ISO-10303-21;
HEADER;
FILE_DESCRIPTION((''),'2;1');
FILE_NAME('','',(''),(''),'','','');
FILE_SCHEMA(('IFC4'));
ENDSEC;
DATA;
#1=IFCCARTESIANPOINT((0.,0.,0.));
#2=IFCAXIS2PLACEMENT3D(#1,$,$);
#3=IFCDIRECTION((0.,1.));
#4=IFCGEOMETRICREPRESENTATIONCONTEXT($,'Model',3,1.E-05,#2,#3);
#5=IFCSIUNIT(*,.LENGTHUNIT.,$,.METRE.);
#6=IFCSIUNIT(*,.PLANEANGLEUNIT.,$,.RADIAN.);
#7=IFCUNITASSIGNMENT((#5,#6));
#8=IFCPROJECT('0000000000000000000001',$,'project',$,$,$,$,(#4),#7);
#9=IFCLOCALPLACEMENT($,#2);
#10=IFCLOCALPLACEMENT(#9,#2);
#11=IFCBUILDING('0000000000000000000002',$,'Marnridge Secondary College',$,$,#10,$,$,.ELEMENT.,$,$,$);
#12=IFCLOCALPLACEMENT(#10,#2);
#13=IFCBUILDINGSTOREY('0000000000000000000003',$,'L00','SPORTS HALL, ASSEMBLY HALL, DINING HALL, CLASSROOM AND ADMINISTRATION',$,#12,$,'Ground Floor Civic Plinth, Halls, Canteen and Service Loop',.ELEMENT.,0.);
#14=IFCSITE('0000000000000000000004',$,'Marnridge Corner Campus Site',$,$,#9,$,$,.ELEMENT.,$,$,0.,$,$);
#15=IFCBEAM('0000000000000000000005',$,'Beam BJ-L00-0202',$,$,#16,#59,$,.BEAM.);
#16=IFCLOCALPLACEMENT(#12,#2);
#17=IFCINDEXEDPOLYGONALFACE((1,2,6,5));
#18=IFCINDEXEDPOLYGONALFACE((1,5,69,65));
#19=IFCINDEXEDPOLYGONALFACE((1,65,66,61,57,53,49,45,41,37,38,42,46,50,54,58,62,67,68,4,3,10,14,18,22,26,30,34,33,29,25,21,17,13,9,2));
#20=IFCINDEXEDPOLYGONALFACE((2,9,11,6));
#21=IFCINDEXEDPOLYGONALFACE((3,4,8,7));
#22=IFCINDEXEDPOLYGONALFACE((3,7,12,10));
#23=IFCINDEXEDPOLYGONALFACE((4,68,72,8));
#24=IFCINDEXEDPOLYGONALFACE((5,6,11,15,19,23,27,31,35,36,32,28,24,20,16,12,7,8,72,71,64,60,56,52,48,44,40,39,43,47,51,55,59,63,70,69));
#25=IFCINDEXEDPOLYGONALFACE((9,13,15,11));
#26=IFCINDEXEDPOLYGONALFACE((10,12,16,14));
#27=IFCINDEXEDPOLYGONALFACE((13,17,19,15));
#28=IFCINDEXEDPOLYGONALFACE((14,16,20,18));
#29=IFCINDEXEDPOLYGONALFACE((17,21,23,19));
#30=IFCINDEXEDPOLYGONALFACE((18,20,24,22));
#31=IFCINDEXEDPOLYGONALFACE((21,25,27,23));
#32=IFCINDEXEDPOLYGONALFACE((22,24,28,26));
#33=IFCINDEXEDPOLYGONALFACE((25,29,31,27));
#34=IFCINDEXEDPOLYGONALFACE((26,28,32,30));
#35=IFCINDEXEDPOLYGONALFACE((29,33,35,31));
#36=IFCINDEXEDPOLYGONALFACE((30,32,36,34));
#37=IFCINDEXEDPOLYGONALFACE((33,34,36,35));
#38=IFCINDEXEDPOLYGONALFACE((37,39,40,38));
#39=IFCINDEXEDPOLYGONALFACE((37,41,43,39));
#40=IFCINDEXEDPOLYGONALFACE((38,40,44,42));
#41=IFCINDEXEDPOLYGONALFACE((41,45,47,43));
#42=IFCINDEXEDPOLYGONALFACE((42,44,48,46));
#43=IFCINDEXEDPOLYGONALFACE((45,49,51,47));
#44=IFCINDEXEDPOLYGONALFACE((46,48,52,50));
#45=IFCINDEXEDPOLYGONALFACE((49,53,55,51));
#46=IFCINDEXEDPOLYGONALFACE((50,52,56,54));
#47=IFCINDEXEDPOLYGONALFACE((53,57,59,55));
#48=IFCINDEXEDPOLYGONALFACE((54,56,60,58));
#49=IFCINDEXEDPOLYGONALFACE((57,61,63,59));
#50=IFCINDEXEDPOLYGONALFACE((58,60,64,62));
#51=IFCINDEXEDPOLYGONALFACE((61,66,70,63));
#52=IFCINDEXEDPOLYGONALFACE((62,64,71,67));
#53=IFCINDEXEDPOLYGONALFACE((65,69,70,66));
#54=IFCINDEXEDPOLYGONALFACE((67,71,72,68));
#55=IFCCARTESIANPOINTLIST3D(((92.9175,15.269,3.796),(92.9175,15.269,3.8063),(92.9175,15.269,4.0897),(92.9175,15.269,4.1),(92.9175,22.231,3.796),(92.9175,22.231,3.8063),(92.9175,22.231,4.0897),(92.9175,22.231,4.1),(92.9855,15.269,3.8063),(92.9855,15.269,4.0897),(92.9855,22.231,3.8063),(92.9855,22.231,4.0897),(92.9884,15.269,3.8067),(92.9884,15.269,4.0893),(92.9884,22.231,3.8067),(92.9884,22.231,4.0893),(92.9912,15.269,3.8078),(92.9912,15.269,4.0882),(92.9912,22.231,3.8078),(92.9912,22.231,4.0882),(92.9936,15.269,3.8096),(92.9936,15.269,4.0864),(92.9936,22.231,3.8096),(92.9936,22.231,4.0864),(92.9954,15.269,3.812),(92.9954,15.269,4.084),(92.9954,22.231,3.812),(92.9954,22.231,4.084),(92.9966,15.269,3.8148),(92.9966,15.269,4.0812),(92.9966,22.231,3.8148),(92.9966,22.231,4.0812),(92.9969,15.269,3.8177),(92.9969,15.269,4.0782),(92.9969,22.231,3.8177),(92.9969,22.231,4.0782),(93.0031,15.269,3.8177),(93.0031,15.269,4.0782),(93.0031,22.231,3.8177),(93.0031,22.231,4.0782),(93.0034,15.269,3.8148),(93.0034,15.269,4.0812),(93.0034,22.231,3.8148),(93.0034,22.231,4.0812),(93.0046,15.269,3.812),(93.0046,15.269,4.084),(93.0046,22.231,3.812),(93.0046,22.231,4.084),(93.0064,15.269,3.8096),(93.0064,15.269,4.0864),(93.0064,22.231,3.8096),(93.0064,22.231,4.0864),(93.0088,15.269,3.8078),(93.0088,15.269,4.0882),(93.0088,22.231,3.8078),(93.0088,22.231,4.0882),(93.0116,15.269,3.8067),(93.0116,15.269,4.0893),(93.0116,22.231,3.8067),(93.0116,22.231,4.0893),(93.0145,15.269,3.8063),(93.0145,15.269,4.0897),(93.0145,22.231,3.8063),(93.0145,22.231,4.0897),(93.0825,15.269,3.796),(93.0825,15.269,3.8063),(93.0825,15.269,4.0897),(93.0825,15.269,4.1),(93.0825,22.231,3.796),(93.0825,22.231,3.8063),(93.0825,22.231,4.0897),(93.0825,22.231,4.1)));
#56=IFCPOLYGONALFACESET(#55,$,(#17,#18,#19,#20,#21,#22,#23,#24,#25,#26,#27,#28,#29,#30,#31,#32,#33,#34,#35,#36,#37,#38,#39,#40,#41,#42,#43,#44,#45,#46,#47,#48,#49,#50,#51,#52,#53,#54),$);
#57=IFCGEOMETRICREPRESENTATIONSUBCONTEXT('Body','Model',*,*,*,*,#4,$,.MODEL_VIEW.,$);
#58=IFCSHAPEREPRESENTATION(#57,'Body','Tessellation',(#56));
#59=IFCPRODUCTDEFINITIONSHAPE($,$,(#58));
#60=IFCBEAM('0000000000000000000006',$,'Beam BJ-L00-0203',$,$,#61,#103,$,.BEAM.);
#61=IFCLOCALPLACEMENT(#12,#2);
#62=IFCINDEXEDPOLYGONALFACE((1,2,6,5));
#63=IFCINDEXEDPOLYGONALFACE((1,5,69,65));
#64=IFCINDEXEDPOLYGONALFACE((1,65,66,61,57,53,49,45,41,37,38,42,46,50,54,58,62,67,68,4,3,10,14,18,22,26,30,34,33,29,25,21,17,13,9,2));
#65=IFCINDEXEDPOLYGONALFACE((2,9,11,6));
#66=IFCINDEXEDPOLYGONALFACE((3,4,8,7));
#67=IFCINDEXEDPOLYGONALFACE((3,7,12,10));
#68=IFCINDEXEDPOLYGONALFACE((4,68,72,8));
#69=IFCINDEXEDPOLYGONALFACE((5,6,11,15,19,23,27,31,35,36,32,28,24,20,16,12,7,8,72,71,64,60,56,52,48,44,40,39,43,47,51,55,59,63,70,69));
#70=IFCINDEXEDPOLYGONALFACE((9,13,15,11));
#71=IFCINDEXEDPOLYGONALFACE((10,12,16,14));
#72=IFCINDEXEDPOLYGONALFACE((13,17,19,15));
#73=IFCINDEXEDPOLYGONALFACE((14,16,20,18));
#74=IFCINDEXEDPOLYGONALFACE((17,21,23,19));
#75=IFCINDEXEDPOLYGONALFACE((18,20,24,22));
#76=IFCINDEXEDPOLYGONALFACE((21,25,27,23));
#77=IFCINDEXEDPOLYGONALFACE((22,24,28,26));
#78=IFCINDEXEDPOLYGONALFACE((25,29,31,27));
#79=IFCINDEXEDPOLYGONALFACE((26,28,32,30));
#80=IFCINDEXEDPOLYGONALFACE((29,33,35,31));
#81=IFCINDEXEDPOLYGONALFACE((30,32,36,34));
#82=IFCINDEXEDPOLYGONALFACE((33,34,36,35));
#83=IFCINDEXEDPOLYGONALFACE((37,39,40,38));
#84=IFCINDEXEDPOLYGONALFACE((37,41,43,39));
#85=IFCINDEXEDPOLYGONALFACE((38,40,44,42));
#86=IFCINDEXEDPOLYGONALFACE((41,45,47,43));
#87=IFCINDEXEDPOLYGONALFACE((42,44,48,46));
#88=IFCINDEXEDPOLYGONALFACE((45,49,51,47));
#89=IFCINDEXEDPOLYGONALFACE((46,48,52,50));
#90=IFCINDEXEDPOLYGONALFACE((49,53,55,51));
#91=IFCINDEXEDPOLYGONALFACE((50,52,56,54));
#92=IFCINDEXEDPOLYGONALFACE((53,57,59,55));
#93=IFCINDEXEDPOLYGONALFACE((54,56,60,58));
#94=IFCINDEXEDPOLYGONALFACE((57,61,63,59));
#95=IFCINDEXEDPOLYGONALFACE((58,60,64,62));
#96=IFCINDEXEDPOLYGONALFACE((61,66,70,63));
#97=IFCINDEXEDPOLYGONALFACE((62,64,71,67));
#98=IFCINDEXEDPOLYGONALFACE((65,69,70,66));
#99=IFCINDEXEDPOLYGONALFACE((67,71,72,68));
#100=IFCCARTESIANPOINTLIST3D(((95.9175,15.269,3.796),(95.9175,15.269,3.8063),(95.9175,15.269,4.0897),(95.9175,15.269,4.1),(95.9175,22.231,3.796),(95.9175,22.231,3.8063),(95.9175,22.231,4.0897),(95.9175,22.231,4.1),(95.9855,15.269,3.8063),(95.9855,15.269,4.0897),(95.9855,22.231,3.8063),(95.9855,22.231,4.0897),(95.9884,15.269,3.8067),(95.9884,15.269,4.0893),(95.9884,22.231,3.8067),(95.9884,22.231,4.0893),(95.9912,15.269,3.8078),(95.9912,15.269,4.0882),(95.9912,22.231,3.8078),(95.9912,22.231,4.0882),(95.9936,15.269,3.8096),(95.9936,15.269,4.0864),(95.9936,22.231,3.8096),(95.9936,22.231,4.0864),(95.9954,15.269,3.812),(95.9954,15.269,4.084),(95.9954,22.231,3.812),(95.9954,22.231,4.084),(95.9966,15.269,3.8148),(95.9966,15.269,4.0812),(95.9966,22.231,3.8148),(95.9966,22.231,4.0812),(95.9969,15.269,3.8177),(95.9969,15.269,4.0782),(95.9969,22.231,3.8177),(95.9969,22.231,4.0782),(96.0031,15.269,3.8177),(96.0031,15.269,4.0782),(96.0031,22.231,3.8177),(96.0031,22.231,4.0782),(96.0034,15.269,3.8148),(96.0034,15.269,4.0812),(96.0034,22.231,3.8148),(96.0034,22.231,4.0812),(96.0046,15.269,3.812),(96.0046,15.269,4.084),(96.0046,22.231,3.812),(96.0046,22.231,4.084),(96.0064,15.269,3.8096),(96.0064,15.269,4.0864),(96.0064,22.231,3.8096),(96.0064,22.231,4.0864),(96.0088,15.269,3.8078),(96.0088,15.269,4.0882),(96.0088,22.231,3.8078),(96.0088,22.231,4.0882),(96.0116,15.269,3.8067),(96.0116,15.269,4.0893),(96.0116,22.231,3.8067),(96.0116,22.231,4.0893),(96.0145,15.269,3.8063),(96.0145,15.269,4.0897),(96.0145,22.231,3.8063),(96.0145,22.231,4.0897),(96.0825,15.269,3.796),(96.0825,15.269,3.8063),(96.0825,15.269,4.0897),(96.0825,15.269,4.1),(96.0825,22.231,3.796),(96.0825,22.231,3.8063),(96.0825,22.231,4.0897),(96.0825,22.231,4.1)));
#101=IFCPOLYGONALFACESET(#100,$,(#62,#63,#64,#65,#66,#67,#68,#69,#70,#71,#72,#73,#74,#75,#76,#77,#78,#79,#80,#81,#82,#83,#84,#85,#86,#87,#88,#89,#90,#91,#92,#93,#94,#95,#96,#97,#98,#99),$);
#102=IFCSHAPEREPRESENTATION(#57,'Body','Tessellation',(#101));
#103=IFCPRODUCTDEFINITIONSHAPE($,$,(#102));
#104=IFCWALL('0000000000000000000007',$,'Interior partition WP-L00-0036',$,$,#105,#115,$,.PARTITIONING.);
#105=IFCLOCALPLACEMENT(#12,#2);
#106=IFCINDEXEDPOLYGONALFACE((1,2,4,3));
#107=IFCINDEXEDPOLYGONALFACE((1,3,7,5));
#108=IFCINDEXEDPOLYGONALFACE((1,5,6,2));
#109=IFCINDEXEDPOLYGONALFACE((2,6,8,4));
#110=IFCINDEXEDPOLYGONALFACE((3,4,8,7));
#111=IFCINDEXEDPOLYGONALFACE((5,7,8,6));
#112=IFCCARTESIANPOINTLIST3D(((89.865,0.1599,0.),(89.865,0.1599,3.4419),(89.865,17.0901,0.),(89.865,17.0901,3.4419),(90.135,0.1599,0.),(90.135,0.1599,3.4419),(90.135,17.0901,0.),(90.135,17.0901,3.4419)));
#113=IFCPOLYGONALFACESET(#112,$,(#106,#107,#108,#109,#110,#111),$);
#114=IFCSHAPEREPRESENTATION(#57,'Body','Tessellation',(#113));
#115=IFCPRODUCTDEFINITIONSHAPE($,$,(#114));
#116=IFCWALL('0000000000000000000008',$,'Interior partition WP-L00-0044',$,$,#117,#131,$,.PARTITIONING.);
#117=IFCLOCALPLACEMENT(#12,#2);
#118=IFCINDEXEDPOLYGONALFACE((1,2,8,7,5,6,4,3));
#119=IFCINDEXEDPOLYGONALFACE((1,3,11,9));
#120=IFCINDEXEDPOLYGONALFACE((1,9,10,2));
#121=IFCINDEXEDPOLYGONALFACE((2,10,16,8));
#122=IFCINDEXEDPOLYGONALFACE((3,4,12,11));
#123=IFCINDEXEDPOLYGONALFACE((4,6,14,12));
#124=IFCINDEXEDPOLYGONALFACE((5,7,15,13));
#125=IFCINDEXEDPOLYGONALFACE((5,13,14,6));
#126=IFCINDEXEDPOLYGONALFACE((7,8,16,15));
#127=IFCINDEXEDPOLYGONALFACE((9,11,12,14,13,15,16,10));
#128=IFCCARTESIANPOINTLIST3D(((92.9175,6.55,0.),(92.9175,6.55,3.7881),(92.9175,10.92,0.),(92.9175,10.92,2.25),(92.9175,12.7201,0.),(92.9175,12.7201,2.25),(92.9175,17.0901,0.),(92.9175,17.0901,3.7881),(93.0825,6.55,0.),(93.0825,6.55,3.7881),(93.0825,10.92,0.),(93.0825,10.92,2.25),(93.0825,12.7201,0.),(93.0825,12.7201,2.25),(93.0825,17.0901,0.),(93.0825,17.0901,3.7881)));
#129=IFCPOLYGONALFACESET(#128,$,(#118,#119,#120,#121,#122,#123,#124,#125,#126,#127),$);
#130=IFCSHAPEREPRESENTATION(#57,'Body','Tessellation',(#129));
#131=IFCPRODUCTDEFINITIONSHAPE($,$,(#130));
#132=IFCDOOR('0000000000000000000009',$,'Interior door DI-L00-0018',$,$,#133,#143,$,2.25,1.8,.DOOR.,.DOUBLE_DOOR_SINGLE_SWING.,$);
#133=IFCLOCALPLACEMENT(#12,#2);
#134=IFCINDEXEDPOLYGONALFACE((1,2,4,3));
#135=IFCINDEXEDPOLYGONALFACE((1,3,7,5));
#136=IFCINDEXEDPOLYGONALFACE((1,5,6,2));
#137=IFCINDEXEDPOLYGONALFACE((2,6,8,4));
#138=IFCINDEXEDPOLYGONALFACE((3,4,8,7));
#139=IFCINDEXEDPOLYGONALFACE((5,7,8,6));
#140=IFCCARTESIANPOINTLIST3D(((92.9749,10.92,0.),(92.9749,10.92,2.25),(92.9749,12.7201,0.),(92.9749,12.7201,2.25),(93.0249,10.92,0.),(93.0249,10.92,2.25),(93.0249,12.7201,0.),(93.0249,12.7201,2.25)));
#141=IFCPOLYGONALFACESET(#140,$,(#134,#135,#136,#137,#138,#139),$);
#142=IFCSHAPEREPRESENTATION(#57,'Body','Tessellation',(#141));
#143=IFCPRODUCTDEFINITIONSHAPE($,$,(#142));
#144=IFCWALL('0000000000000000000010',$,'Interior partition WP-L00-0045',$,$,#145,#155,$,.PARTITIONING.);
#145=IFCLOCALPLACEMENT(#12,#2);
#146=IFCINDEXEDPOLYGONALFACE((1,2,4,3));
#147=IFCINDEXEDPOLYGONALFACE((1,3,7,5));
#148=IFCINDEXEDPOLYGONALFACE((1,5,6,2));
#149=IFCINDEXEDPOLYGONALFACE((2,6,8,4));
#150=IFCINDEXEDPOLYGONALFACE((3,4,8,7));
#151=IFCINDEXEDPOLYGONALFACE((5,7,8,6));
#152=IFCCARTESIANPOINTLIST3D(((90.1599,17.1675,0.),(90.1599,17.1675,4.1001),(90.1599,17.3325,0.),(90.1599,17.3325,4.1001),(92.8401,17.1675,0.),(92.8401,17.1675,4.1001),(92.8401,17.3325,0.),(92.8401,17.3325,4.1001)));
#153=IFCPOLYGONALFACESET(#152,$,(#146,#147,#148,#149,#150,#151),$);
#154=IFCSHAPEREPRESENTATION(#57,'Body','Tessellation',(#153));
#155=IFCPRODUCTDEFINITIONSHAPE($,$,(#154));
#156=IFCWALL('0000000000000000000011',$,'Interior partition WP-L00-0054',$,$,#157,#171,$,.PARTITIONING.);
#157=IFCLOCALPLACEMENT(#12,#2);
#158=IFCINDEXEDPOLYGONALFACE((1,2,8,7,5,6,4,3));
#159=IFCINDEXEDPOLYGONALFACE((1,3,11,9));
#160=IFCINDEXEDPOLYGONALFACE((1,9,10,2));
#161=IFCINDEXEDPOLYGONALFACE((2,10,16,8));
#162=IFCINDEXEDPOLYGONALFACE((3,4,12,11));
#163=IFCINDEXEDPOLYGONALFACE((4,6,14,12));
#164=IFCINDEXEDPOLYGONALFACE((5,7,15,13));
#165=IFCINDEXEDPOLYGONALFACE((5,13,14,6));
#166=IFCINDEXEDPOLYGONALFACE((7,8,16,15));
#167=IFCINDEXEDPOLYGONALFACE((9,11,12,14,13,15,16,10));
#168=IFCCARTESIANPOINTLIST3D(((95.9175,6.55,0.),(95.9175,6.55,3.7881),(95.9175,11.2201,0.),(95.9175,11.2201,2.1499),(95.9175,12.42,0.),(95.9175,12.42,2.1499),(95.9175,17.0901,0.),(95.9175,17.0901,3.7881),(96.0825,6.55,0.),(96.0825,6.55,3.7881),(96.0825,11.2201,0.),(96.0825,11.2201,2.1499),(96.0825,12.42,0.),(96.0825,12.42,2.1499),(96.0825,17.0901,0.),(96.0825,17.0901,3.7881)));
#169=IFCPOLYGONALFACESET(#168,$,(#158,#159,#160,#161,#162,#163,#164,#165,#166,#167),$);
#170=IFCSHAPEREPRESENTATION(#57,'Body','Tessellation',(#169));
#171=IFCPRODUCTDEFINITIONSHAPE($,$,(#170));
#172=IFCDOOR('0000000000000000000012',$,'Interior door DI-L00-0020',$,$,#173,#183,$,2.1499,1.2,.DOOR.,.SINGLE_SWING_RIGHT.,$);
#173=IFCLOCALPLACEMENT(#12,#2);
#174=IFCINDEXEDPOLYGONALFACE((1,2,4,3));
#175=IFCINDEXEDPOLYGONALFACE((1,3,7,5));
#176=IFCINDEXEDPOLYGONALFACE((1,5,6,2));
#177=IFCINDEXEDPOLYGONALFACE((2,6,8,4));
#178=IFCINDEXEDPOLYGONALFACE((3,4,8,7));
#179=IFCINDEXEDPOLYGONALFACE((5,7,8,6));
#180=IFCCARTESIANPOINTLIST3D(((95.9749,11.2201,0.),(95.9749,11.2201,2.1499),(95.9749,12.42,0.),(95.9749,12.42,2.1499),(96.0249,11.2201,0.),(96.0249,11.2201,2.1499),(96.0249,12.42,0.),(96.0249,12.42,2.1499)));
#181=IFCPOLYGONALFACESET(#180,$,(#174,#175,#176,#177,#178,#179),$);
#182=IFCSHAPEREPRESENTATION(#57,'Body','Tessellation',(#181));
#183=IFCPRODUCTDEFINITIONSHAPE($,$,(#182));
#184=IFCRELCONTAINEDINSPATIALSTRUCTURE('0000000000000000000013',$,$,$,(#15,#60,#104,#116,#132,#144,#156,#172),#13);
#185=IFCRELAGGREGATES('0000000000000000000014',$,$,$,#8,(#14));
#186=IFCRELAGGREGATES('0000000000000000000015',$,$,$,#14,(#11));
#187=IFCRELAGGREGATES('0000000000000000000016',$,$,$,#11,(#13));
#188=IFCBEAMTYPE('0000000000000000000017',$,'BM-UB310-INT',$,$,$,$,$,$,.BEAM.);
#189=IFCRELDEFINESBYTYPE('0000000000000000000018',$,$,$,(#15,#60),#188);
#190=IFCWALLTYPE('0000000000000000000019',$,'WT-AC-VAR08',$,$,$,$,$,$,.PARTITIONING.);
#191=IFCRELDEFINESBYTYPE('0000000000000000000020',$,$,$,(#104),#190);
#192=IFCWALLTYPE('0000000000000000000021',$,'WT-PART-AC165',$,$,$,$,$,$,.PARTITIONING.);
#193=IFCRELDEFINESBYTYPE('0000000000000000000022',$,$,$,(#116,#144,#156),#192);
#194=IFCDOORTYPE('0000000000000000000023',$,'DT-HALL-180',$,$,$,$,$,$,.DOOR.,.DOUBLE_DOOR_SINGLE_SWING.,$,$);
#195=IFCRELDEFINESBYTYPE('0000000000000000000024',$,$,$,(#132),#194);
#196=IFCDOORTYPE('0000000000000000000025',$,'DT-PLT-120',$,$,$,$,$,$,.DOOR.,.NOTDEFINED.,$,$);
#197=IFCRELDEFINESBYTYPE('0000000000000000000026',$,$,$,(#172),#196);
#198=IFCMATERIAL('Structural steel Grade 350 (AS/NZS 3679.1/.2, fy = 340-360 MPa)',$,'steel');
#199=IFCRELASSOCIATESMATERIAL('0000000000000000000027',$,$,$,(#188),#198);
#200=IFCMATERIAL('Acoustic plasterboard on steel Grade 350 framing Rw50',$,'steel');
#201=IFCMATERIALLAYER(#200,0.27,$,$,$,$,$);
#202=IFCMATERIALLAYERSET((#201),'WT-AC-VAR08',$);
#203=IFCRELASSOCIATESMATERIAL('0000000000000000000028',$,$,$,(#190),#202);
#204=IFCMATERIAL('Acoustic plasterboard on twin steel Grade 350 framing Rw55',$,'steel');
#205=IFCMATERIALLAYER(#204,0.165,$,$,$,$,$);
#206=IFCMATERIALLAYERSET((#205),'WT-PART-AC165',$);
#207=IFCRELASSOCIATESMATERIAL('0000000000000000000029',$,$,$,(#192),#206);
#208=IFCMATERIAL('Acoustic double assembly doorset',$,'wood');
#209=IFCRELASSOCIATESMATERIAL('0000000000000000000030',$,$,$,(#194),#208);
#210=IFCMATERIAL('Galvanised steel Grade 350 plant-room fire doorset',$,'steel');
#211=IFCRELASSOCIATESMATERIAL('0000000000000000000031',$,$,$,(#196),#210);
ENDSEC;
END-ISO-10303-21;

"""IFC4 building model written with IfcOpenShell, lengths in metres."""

from ifc_helpers import new_model, si_unit, direction, frame, frame_2d, origin, origin_2d, place, context, subcontext, project, spatial, rectangle, i_section, extrude, material, layer, layer_set, material_profile, profile_set, type_object, element, fill, save


model = new_model("IFC4")

# Units and contexts
model_context = context("Model", 3, precision=1e-05, world=origin(), true_north=direction((0.0, 1.0)))
body_context = subcontext(model_context, "Body", "Model", "MODEL_VIEW")
ifc_project = project(units=[si_unit("LENGTHUNIT", "METRE"), si_unit("PLANEANGLEUNIT", "RADIAN")], contexts=[model_context])

# Site, building, storey
site_placement = place(None, origin())
site = spatial("IfcSite", under=ifc_project, at=site_placement, Name="Marnridge Corner Campus Site", CompositionType="ELEMENT", RefElevation=0.0)
building_placement = place(site_placement, origin())
building = spatial("IfcBuilding", under=site, at=building_placement, Name="Marnridge Secondary College", CompositionType="ELEMENT")
storey_placement = place(building_placement, origin())
storey = spatial("IfcBuildingStorey", under=building, at=storey_placement, Name="L00", Description="SPORTS HALL, ASSEMBLY HALL, DINING HALL, CLASSROOM AND ADMINISTRATION", LongName="Ground Floor Civic Plinth, Halls, Canteen and Service Loop", CompositionType="ELEMENT", Elevation=0.0)

# Beams
ifc_material_1 = material(Name="Structural steel Grade 350 (AS/NZS 3679.1/.2, fy = 340-360 MPa)", Category="steel")
ifc_material_profile_1 = material_profile(ifc_material_1, i_section(OverallWidth=0.165, OverallDepth=0.304, WebThickness=0.0061, FlangeThickness=0.0103, FilletRadius=0.0115, at=origin_2d()), Name="310UB40.4")
ifc_profile_set_1 = profile_set([ifc_material_profile_1], Name="Structural steel Grade 350 (AS/NZS 3679.1/.2, fy = 340-360 MPa)")
beam_type_1 = type_object("IfcBeamType", Name="BM-UB310-INT", PredefinedType="BEAM", material=ifc_profile_set_1)
for number, where, z_axis, x_axis, name in (
    (1, (93.0, 15.269, 3.948), (0.0, 1.0, 0.0), (-1.0, 0.0, 0.0), "Beam BJ-L00-0202"),
    (2, (96.0, 15.269, 3.948), (0.0, 1.0, 0.0), (-1.0, 0.0, 0.0), "Beam BJ-L00-0203"),
):
    element("IfcBeam", number, at=place(storey_placement, frame(where, z_axis=z_axis, x_axis=x_axis)), inside=storey, type_object=beam_type_1, Name=name, PredefinedType="BEAM", context=body_context, shape_type="SweptSolid", body=[
        extrude(i_section(OverallWidth=0.165, OverallDepth=0.304, WebThickness=0.0061, FlangeThickness=0.0103, FilletRadius=0.0115, at=origin_2d()), origin(), (0.0, 0.0, 1.0), 6.9619),
    ])

# Wall
ifc_material_2 = material(Name="Acoustic plasterboard on steel Grade 350 framing Rw50", Category="steel")
ifc_layer_1 = layer(ifc_material_2, 0.27)
ifc_layer_set_1 = layer_set([ifc_layer_1], Name="WT-AC-VAR08")
wall_type_1 = type_object("IfcWallType", Name="WT-AC-VAR08", PredefinedType="PARTITIONING", material=ifc_layer_set_1)
wall_1_placement = place(storey_placement, frame((90.0, 17.0901, 0.0), z_axis=(0.0, 0.0, 1.0), x_axis=(0.0, -1.0, 0.0)))
element("IfcWall", 3, at=wall_1_placement, inside=storey, type_object=wall_type_1, Name="Interior partition WP-L00-0036", PredefinedType="PARTITIONING", context=body_context, shape_type="SweptSolid", body=[
    extrude(rectangle(XDim=16.9302, YDim=0.27, at=frame_2d((8.4651, 0.0))), origin(), (0.0, 0.0, 1.0), 3.4419),
])

# Wall, opening, door
ifc_material_3 = material(Name="Acoustic plasterboard on twin steel Grade 350 framing Rw55", Category="steel")
ifc_layer_2 = layer(ifc_material_3, 0.165)
ifc_layer_set_2 = layer_set([ifc_layer_2], Name="WT-PART-AC165")
wall_type_2 = type_object("IfcWallType", Name="WT-PART-AC165", PredefinedType="PARTITIONING", material=ifc_layer_set_2)
wall_2_placement = place(storey_placement, frame((93.0, 17.0901, 0.0), z_axis=(0.0, 0.0, 1.0), x_axis=(0.0, -1.0, 0.0)))
wall_2 = element("IfcWall", 4, at=wall_2_placement, inside=storey, type_object=wall_type_2, Name="Interior partition WP-L00-0044", PredefinedType="PARTITIONING", context=body_context, shape_type="SweptSolid", body=[
    extrude(rectangle(XDim=10.54, YDim=0.165, at=frame_2d((5.27, 0.0))), origin(), (0.0, 0.0, 1.0), 3.7881),
])
opening_1_placement = place(wall_2_placement, frame((4.3701, 0.0, 0.0)))
opening_1 = element("IfcOpeningElement", 5, at=opening_1_placement, cuts=wall_2, PredefinedType="OPENING", context=body_context, shape_type="SweptSolid", body=[
    extrude(rectangle(XDim=1.8, YDim=2.25, at=frame_2d((0.8999, 1.125))), frame((0.0, 0.0925, 0.0), z_axis=(0.0, -1.0, 0.0), x_axis=(1.0, 0.0, 0.0)), (0.0, 0.0, 1.0), 0.1851),
])
ifc_material_4 = material(Name="Acoustic double assembly doorset", Category="wood")
door_type_1 = type_object("IfcDoorType", Name="DT-HALL-180", OperationType="DOUBLE_DOOR_SINGLE_SWING", PredefinedType="DOOR", material=ifc_material_4)
door_1_placement = place(opening_1_placement, origin())
door_1 = element("IfcDoor", 6, at=door_1_placement, inside=storey, type_object=door_type_1, Name="Interior door DI-L00-0018", OperationType="DOUBLE_DOOR_SINGLE_SWING", OverallHeight=2.25, OverallWidth=1.8, PredefinedType="DOOR", context=body_context, shape_type="SweptSolid", body=[
    extrude(rectangle(XDim=1.8, YDim=2.25, at=frame_2d((0.8999, 1.125))), frame((0.0, 0.0249, 0.0), z_axis=(0.0, -1.0, 0.0), x_axis=(1.0, 0.0, 0.0)), (0.0, 0.0, 1.0), 0.05),
])
fill(opening_1, door_1)

# Wall
wall_3_placement = place(storey_placement, frame((90.1599, 17.25, 0.0), z_axis=(0.0, 0.0, 1.0), x_axis=(1.0, 0.0, 0.0)))
element("IfcWall", 7, at=wall_3_placement, inside=storey, type_object=wall_type_2, Name="Interior partition WP-L00-0045", PredefinedType="PARTITIONING", context=body_context, shape_type="SweptSolid", body=[
    extrude(rectangle(XDim=2.6802, YDim=0.165, at=frame_2d((1.3401, 0.0))), origin(), (0.0, 0.0, 1.0), 4.1001),
])

# Wall, opening, door
wall_4_placement = place(storey_placement, frame((96.0, 17.0901, 0.0), z_axis=(0.0, 0.0, 1.0), x_axis=(0.0, -1.0, 0.0)))
wall_4 = element("IfcWall", 8, at=wall_4_placement, inside=storey, type_object=wall_type_2, Name="Interior partition WP-L00-0054", PredefinedType="PARTITIONING", context=body_context, shape_type="SweptSolid", body=[
    extrude(rectangle(XDim=10.54, YDim=0.165, at=frame_2d((5.27, 0.0))), origin(), (0.0, 0.0, 1.0), 3.7881),
])
opening_2_placement = place(wall_4_placement, frame((4.6699, 0.0, 0.0)))
opening_2 = element("IfcOpeningElement", 9, at=opening_2_placement, cuts=wall_4, PredefinedType="OPENING", context=body_context, shape_type="SweptSolid", body=[
    extrude(rectangle(XDim=1.2, YDim=2.1499, at=frame_2d((0.6001, 1.075))), frame((0.0, 0.0925, 0.0), z_axis=(0.0, -1.0, 0.0), x_axis=(1.0, 0.0, 0.0)), (0.0, 0.0, 1.0), 0.1851),
])
ifc_material_5 = material(Name="Galvanised steel Grade 350 plant-room fire doorset", Category="steel")
door_type_2 = type_object("IfcDoorType", Name="DT-PLT-120", OperationType="NOTDEFINED", PredefinedType="DOOR", material=ifc_material_5)
door_2_placement = place(opening_2_placement, origin())
door_2 = element("IfcDoor", 10, at=door_2_placement, inside=storey, type_object=door_type_2, Name="Interior door DI-L00-0020", OperationType="SINGLE_SWING_RIGHT", OverallHeight=2.1499, OverallWidth=1.2, PredefinedType="DOOR", context=body_context, shape_type="SweptSolid", body=[
    extrude(rectangle(XDim=1.2, YDim=2.1499, at=frame_2d((0.6001, 1.075))), frame((0.0, 0.0249, 0.0), z_axis=(0.0, -1.0, 0.0), x_axis=(1.0, 0.0, 0.0)), (0.0, 0.0, 1.0), 0.05),
])
fill(opening_2, door_2)

save(model, "model.ifc")
